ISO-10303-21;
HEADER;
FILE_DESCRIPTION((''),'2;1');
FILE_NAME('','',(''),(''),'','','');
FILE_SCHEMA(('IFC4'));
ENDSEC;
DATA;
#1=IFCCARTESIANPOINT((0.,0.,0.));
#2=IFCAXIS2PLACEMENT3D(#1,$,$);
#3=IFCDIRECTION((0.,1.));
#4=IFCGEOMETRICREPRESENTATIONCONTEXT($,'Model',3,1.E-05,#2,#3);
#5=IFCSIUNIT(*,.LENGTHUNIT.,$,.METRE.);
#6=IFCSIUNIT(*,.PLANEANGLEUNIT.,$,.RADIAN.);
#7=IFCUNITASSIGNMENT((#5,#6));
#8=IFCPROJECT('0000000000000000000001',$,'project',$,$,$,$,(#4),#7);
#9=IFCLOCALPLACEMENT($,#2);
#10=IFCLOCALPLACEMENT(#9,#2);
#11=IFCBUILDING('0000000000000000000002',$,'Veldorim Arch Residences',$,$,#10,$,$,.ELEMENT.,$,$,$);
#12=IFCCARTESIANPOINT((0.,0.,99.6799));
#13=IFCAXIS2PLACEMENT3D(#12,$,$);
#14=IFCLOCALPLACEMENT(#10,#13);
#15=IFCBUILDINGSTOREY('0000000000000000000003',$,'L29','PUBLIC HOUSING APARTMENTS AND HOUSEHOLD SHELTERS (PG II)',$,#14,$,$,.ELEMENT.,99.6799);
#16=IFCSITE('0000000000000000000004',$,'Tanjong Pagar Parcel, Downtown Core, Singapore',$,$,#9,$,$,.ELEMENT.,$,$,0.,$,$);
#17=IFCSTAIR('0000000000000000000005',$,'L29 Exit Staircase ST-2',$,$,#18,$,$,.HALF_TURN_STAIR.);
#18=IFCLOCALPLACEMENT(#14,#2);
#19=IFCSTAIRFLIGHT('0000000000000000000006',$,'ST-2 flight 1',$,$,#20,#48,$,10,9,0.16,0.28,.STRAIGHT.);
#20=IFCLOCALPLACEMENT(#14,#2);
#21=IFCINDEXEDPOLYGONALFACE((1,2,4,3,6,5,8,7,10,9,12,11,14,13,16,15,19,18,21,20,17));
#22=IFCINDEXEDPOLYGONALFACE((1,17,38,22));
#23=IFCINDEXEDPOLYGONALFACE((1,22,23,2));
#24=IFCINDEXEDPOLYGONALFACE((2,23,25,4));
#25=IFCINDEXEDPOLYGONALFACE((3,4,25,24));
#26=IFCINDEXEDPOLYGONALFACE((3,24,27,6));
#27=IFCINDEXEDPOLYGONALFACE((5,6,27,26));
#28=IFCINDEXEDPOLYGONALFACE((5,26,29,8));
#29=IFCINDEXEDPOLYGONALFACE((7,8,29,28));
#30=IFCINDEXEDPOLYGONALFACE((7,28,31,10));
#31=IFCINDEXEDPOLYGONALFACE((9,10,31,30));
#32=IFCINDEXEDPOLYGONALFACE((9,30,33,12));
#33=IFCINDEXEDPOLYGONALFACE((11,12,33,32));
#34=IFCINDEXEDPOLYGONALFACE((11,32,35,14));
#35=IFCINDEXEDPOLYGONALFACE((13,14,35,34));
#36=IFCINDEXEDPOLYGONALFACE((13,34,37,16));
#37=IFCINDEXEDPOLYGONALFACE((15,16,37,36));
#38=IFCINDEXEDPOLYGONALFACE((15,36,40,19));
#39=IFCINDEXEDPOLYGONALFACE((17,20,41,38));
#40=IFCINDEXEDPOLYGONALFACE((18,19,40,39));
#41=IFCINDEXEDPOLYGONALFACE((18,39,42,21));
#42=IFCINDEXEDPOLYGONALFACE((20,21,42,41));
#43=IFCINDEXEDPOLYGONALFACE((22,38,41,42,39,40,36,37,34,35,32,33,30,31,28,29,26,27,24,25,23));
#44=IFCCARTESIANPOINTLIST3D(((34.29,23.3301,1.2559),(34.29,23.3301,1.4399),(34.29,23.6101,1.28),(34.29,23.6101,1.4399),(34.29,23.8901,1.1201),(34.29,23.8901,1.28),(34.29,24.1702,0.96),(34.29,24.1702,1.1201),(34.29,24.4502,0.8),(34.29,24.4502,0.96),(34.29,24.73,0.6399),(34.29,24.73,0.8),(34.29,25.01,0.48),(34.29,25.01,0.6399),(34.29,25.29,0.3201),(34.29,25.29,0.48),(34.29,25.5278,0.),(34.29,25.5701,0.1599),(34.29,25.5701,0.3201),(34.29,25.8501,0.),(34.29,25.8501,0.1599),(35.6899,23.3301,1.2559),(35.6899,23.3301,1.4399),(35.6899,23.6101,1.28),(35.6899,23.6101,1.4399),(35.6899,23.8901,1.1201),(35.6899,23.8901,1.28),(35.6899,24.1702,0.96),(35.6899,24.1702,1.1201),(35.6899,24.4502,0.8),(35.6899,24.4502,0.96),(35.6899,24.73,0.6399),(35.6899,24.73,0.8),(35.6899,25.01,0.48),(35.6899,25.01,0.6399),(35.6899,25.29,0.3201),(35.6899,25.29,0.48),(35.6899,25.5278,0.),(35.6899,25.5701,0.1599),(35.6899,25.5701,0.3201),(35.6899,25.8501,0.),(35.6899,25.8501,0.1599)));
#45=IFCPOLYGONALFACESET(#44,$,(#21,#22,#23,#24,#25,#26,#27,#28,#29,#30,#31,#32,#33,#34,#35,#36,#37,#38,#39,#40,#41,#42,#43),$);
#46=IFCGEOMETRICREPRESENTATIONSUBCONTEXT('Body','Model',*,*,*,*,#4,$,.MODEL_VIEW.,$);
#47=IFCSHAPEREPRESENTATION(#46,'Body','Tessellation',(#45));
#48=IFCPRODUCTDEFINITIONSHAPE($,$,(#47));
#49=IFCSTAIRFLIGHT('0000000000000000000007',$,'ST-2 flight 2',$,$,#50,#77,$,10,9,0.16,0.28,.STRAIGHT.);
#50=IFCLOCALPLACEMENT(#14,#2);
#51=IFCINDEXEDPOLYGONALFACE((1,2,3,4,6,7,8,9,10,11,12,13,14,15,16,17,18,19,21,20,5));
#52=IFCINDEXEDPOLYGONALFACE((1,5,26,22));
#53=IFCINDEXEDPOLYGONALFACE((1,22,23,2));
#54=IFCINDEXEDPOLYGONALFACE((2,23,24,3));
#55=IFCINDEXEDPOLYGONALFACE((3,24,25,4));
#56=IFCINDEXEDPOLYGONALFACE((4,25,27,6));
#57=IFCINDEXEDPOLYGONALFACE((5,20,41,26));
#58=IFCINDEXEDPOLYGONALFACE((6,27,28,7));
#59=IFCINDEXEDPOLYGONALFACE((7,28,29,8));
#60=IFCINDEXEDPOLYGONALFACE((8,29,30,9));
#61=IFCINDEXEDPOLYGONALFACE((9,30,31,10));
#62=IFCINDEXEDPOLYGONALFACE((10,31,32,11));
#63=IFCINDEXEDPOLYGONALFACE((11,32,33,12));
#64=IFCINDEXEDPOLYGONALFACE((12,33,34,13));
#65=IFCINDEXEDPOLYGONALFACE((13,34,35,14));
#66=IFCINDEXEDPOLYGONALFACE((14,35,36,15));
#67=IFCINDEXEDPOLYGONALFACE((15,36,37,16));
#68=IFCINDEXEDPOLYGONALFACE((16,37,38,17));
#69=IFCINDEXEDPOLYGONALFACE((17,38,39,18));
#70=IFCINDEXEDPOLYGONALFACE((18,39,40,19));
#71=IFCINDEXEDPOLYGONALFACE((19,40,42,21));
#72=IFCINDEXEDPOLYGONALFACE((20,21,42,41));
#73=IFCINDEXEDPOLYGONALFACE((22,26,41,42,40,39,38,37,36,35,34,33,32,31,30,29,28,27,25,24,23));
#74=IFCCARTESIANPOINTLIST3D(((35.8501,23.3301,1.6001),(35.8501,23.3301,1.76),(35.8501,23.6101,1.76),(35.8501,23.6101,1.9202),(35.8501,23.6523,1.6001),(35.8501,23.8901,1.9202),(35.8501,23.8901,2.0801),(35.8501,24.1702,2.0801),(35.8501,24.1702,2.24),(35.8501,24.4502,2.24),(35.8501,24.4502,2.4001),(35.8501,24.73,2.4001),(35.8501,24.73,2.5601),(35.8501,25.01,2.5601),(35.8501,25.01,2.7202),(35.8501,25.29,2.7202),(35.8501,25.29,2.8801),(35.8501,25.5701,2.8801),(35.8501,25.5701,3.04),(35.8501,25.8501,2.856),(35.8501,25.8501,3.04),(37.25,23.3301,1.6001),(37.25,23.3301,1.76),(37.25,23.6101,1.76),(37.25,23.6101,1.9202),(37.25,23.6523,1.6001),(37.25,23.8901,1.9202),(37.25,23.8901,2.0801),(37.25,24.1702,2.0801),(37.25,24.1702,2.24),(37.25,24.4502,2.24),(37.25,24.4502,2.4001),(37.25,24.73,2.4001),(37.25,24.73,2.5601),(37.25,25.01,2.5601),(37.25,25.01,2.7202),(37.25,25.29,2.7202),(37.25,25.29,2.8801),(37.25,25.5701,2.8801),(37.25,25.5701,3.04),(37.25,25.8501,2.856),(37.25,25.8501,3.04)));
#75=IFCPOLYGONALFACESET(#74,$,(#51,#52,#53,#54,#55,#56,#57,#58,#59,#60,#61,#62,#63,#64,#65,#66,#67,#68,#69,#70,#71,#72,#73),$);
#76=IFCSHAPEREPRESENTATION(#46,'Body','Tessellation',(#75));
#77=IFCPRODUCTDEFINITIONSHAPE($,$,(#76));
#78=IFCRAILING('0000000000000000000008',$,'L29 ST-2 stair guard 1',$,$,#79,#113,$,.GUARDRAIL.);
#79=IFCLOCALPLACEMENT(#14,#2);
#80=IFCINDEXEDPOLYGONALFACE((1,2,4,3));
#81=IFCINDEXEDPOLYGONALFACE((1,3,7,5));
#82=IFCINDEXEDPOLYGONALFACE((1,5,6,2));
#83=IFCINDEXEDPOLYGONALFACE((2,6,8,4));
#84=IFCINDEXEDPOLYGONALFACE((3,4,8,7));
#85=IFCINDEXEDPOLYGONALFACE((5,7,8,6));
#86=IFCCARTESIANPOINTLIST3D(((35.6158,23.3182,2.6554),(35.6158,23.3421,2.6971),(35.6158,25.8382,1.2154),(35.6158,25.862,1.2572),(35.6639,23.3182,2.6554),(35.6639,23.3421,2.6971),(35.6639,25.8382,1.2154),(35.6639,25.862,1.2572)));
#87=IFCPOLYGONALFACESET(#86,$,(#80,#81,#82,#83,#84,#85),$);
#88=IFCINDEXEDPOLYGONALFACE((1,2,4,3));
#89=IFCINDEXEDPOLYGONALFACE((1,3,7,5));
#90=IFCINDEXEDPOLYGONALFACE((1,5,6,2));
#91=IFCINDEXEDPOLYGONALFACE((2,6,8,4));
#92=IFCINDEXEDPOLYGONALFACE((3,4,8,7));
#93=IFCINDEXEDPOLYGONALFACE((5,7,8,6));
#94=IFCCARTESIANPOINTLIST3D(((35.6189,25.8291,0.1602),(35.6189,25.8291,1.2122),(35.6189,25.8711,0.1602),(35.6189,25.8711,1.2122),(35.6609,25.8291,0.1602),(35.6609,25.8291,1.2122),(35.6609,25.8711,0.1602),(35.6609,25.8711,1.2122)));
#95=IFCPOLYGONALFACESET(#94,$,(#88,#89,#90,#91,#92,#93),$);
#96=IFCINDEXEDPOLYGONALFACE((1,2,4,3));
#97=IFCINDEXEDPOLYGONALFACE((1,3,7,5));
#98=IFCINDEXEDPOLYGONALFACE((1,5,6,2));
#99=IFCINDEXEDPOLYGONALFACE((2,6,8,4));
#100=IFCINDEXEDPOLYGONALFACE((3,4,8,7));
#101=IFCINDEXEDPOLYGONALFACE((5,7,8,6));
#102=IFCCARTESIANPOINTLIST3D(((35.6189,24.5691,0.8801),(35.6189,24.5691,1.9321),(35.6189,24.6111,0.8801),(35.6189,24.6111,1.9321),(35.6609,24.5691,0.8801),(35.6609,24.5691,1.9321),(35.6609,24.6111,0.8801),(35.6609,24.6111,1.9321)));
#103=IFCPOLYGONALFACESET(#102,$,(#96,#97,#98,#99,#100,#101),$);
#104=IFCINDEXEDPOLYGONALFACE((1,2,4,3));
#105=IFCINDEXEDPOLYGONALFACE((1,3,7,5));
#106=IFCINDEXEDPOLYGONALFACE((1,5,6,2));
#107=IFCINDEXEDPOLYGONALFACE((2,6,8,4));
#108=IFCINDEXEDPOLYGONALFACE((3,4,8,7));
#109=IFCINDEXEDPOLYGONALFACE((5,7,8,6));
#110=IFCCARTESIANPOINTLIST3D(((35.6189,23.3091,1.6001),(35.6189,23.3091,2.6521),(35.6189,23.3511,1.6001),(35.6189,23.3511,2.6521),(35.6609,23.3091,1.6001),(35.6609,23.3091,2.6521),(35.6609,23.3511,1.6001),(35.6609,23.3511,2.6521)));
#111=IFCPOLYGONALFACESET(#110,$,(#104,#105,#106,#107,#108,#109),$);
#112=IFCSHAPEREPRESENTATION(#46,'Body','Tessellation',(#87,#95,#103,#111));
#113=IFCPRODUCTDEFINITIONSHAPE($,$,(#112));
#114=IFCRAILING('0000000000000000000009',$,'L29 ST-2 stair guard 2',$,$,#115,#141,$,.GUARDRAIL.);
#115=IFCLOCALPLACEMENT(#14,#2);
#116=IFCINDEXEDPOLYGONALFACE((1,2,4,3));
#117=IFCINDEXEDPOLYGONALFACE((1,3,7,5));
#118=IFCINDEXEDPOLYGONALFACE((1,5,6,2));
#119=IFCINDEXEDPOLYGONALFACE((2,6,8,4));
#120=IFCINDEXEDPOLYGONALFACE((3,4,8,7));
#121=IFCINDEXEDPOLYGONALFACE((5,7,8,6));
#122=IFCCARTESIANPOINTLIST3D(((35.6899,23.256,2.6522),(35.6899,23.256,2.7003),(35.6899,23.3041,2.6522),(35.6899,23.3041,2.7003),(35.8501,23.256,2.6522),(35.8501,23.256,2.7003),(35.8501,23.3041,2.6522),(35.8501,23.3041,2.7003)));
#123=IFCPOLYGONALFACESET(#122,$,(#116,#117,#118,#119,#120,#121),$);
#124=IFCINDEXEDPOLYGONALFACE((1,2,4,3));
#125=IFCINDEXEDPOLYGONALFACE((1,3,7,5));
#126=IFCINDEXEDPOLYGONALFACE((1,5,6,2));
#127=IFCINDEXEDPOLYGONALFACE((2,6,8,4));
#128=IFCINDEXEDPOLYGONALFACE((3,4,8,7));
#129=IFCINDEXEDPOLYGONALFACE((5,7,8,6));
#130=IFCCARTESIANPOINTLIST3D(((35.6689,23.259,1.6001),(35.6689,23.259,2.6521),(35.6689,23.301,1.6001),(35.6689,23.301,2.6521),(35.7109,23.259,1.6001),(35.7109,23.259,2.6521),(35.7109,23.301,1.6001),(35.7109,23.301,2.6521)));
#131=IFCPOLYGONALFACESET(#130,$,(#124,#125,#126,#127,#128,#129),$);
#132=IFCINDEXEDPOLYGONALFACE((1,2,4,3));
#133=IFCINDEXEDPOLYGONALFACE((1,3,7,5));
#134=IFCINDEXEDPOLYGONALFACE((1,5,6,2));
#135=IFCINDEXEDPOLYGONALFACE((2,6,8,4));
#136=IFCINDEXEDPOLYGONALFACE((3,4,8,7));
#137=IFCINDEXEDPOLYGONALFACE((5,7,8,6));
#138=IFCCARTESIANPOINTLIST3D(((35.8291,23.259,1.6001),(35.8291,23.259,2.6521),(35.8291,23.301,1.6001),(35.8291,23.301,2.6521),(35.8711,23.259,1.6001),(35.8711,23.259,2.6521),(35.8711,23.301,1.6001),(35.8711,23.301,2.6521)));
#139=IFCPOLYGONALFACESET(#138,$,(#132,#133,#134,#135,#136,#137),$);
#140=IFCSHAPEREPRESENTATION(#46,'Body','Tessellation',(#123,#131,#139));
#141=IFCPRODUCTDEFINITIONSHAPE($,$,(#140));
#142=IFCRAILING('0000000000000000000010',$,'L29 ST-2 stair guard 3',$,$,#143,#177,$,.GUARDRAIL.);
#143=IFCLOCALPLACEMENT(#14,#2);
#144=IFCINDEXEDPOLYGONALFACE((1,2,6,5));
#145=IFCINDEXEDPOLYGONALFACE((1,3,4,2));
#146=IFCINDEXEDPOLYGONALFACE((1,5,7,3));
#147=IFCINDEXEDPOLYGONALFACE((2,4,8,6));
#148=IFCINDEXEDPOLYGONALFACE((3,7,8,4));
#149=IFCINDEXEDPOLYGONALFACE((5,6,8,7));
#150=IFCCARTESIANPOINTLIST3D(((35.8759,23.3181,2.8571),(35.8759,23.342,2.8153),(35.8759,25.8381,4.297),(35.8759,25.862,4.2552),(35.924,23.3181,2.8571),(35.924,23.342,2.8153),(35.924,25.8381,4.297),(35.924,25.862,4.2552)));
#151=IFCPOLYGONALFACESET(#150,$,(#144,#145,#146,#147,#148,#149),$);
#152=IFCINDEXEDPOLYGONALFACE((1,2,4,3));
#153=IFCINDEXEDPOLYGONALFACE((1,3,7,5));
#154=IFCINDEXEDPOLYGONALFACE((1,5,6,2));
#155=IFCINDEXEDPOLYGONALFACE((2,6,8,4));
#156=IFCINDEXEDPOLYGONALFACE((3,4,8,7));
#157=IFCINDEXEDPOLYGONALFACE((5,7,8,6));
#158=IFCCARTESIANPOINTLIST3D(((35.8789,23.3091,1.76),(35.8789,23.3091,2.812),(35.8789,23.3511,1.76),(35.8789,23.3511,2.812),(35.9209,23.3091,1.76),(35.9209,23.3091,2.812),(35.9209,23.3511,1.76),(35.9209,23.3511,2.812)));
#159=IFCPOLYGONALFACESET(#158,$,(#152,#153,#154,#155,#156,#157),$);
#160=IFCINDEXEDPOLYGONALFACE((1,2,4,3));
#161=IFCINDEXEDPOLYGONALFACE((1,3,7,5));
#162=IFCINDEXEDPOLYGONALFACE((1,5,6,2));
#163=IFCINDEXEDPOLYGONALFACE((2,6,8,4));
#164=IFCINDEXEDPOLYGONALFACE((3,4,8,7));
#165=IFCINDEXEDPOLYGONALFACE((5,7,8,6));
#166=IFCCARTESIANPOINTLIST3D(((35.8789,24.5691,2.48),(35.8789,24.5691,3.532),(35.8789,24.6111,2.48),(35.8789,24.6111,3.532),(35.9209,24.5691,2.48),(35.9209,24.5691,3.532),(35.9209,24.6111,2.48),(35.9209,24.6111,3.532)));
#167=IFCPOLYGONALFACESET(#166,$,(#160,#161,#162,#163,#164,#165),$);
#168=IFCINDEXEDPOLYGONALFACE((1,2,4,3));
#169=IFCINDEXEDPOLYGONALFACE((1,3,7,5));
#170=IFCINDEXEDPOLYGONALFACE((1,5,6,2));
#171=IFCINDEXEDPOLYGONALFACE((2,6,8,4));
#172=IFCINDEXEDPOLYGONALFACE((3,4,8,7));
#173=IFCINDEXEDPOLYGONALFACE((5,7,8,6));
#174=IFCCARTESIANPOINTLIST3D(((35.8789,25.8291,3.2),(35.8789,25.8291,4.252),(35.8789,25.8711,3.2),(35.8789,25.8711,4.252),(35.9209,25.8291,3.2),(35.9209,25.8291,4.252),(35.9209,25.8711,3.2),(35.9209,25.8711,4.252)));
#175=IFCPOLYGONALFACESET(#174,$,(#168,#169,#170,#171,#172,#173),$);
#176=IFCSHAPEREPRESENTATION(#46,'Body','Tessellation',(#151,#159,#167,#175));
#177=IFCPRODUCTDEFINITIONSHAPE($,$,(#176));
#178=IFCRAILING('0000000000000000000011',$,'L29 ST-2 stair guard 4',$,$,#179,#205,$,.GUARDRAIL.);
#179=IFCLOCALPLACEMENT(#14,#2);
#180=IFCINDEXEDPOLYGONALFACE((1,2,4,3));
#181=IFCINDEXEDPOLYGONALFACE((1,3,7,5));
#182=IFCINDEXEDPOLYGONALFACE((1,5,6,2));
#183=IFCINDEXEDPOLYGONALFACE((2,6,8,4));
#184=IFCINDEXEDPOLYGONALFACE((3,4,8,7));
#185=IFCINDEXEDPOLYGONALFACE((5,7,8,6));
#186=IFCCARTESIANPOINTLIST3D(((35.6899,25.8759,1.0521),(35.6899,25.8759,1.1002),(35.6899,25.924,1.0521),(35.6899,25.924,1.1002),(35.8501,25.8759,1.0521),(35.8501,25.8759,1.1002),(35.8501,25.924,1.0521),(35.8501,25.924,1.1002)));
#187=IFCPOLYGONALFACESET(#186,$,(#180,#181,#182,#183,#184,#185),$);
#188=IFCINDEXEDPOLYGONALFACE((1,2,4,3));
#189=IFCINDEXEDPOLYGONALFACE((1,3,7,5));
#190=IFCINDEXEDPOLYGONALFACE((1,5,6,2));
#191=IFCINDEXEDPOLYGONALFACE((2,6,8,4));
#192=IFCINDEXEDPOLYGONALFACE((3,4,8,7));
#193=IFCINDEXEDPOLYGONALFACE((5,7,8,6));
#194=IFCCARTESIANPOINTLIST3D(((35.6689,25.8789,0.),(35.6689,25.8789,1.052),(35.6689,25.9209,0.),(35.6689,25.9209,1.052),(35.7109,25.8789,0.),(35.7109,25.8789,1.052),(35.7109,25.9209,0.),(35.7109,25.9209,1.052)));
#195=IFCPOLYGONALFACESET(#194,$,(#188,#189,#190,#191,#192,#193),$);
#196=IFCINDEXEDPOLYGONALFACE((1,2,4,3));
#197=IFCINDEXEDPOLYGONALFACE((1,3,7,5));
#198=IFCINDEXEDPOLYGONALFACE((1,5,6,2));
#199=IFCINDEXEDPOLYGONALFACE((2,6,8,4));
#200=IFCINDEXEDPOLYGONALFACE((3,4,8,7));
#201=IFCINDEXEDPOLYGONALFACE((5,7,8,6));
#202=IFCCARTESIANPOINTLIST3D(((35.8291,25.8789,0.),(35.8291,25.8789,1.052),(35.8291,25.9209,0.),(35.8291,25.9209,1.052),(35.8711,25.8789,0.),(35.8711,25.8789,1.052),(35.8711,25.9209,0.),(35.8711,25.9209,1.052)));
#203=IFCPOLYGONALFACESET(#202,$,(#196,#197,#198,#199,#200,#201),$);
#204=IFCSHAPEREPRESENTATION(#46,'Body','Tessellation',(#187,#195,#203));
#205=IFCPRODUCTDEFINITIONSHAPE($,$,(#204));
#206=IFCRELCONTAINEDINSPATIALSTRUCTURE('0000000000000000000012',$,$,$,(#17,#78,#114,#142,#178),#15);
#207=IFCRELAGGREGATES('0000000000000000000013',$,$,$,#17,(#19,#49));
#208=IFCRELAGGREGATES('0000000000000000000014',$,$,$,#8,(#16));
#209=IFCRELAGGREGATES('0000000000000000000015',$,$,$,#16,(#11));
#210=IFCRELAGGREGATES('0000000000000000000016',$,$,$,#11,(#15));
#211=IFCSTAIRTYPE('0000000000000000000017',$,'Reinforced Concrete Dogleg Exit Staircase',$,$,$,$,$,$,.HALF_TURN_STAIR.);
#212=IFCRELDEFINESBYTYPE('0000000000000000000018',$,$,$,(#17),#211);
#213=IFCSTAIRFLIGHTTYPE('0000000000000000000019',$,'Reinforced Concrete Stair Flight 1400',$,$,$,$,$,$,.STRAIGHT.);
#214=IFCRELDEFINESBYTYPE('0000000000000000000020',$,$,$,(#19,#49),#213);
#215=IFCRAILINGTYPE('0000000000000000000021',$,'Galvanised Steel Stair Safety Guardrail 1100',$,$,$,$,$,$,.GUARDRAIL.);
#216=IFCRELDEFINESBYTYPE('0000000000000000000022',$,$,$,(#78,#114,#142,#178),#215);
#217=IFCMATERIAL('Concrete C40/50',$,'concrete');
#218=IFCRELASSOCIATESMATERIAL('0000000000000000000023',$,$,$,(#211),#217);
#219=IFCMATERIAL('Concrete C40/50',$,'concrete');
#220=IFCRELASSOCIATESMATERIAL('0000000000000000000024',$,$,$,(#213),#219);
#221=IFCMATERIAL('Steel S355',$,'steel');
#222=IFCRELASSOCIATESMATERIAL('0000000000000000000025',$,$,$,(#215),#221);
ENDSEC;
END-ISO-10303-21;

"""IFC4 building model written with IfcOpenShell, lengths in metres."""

from ifc_helpers import new_model, si_unit, direction, frame, origin, origin_2d, place, context, subcontext, project, spatial, polyline, rectangle, outline, extrude, material, type_object, element, aggregate, save


model = new_model("IFC4")

# Units and contexts
model_context = context("Model", 3, precision=1e-05, world=origin(), true_north=direction((0.0, 1.0)))
body_context = subcontext(model_context, "Body", "Model", "MODEL_VIEW")
ifc_project = project(units=[si_unit("LENGTHUNIT", "METRE"), si_unit("PLANEANGLEUNIT", "RADIAN")], contexts=[model_context])

# Site, building, storey
site_placement = place(None, origin())
site = spatial("IfcSite", under=ifc_project, at=site_placement, Name="Tanjong Pagar Parcel, Downtown Core, Singapore", CompositionType="ELEMENT", RefElevation=0.0)
building_placement = place(site_placement, origin())
building = spatial("IfcBuilding", under=site, at=building_placement, Name="Veldorim Arch Residences", CompositionType="ELEMENT")
storey_placement = place(building_placement, frame((0.0, 0.0, 99.6799)))
storey = spatial("IfcBuildingStorey", under=building, at=storey_placement, Name="L29", Description="PUBLIC HOUSING APARTMENTS AND HOUSEHOLD SHELTERS (PG II)", CompositionType="ELEMENT", Elevation=99.6799)

# Stair, stair flights
ifc_material_1 = material(Name="Concrete C40/50", Category="concrete")
stair_type = type_object("IfcStairType", Name="Reinforced Concrete Dogleg Exit Staircase", PredefinedType="HALF_TURN_STAIR", material=ifc_material_1)
stair_placement = place(storey_placement, origin())
stair = element("IfcStair", 1, at=stair_placement, inside=storey, type_object=stair_type, Name="L29 Exit Staircase ST-2", PredefinedType="HALF_TURN_STAIR")
ifc_material_2 = material(Name="Concrete C40/50", Category="concrete")
stair_flight_type = type_object("IfcStairFlightType", Name="Reinforced Concrete Stair Flight 1400", PredefinedType="STRAIGHT", material=ifc_material_2)
stair_flight_1_placement = place(storey_placement, frame((34.99, 25.8501, 0.0), z_axis=(0.0, 0.0, 1.0), x_axis=(0.0, -1.0, 0.0)))
stair_flight_1 = element("IfcStairFlight", 2, at=stair_flight_1_placement, type_object=stair_flight_type, Name="ST-2 flight 1", NumberOfRisers=10, NumberOfTreads=9, PredefinedType="STRAIGHT", RiserHeight=0.16, TreadLength=0.28, context=body_context, shape_type="SweptSolid", body=[
    extrude(outline(polyline([(0.0, 0.0), (0.0, 0.1599), (0.28, 0.1599), (0.28, 0.3201), (0.5601, 0.3201), (0.5601, 0.48), (0.8401, 0.48), (0.8401, 0.6399), (1.1201, 0.6399), (1.1201, 0.8), (1.3999, 0.8), (1.3999, 0.96), (1.6799, 0.96), (1.6799, 1.1201), (1.96, 1.1201), (1.96, 1.28), (2.24, 1.28), (2.24, 1.4399), (2.52, 1.4399), (2.52, 1.6001), (2.52, 1.2559), (0.3223, 0.0), (0.0, 0.0)])), frame((0.0, 0.7, 0.0), z_axis=(0.0, -1.0, 0.0), x_axis=(1.0, 0.0, 0.0)), (0.0, 0.0, 1.0), 1.3999),
])
stair_flight_2_placement = place(storey_placement, frame((36.55, 23.3301, 1.6001), z_axis=(0.0, 0.0, 1.0), x_axis=(0.0, 1.0, 0.0)))
stair_flight_2 = element("IfcStairFlight", 3, at=stair_flight_2_placement, type_object=stair_flight_type, Name="ST-2 flight 2", NumberOfRisers=10, NumberOfTreads=9, PredefinedType="STRAIGHT", RiserHeight=0.16, TreadLength=0.28, context=body_context, shape_type="SweptSolid", body=[
    extrude(outline(polyline([(0.0, 0.0), (0.0, 0.1599), (0.28, 0.1599), (0.28, 0.3201), (0.5601, 0.3201), (0.5601, 0.48), (0.8401, 0.48), (0.8401, 0.6399), (1.1201, 0.6399), (1.1201, 0.8), (1.3999, 0.8), (1.3999, 0.96), (1.6799, 0.96), (1.6799, 1.1201), (1.96, 1.1201), (1.96, 1.28), (2.24, 1.28), (2.24, 1.4399), (2.52, 1.4399), (2.52, 1.6001), (2.52, 1.2559), (0.3223, 0.0), (0.0, 0.0)])), frame((0.0, 0.7, 0.0), z_axis=(0.0, -1.0, 0.0), x_axis=(1.0, 0.0, 0.0)), (0.0, 0.0, 1.0), 1.3999),
])
aggregate(stair, [stair_flight_1, stair_flight_2])

# Railings
ifc_material_3 = material(Name="Steel S355", Category="steel")
railing_type_1 = type_object("IfcRailingType", Name="Galvanised Steel Stair Safety Guardrail 1100", PredefinedType="GUARDRAIL", material=ifc_material_3)
railing_1_placement = place(storey_placement, frame((35.6399, 25.8501, 0.1602)))
element("IfcRailing", 4, at=railing_1_placement, inside=storey, type_object=railing_type_1, Name="L29 ST-2 stair guard 1", PredefinedType="GUARDRAIL", context=body_context, shape_type="SweptSolid", body=[
    extrude(rectangle(XDim=0.0481, YDim=0.0481, at=origin_2d()), frame((0.0, 0.0, 1.0762), z_axis=(0.0, -0.868253, 0.496121), x_axis=(1.0, 0.0, 0.0)), (0.0, 0.0, 1.0), 2.9023),
    extrude(rectangle(XDim=0.042, YDim=0.042, at=origin_2d()), origin(), (0.0, 0.0, 1.0), 1.052),
    extrude(rectangle(XDim=0.042, YDim=0.042, at=origin_2d()), frame((0.0, -1.26, 0.72)), (0.0, 0.0, 1.0), 1.052),
    extrude(rectangle(XDim=0.042, YDim=0.042, at=origin_2d()), frame((0.0, -2.52, 1.4399)), (0.0, 0.0, 1.0), 1.052),
])
railing_2_placement = place(storey_placement, frame((35.6899, 23.28, 1.6001)))
element("IfcRailing", 5, at=railing_2_placement, inside=storey, type_object=railing_type_1, Name="L29 ST-2 stair guard 2", PredefinedType="GUARDRAIL", context=body_context, shape_type="SweptSolid", body=[
    extrude(rectangle(XDim=0.0481, YDim=0.0481, at=origin_2d()), frame((0.0, 0.0, 1.0762), z_axis=(1.0, 0.0, 0.0), x_axis=(0.0, 1.0, 0.0)), (0.0, 0.0, 1.0), 0.1602),
    extrude(rectangle(XDim=0.042, YDim=0.042, at=origin_2d()), origin(), (0.0, 0.0, 1.0), 1.052),
    extrude(rectangle(XDim=0.042, YDim=0.042, at=origin_2d()), frame((0.1602, 0.0, 0.0)), (0.0, 0.0, 1.0), 1.052),
])
railing_3_placement = place(storey_placement, frame((35.8999, 23.3301, 1.76)))
element("IfcRailing", 6, at=railing_3_placement, inside=storey, type_object=railing_type_1, Name="L29 ST-2 stair guard 3", PredefinedType="GUARDRAIL", context=body_context, shape_type="SweptSolid", body=[
    extrude(rectangle(XDim=0.0481, YDim=0.0481, at=origin_2d()), frame((0.0, 0.0, 1.0762), z_axis=(0.0, 0.868253, 0.496121), x_axis=(-1.0, 0.0, 0.0)), (0.0, 0.0, 1.0), 2.9023),
    extrude(rectangle(XDim=0.042, YDim=0.042, at=origin_2d()), origin(), (0.0, 0.0, 1.0), 1.052),
    extrude(rectangle(XDim=0.042, YDim=0.042, at=origin_2d()), frame((0.0, 1.26, 0.72)), (0.0, 0.0, 1.0), 1.052),
    extrude(rectangle(XDim=0.042, YDim=0.042, at=origin_2d()), frame((0.0, 2.52, 1.4399)), (0.0, 0.0, 1.0), 1.052),
])
railing_4_placement = place(storey_placement, frame((35.6899, 25.8999, 0.0)))
element("IfcRailing", 7, at=railing_4_placement, inside=storey, type_object=railing_type_1, Name="L29 ST-2 stair guard 4", PredefinedType="GUARDRAIL", context=body_context, shape_type="SweptSolid", body=[
    extrude(rectangle(XDim=0.0481, YDim=0.0481, at=origin_2d()), frame((0.0, 0.0, 1.0762), z_axis=(1.0, 0.0, 0.0), x_axis=(0.0, 1.0, 0.0)), (0.0, 0.0, 1.0), 0.1602),
    extrude(rectangle(XDim=0.042, YDim=0.042, at=origin_2d()), origin(), (0.0, 0.0, 1.0), 1.052),
    extrude(rectangle(XDim=0.042, YDim=0.042, at=origin_2d()), frame((0.1602, 0.0, 0.0)), (0.0, 0.0, 1.0), 1.052),
])

save(model, "model.ifc")
